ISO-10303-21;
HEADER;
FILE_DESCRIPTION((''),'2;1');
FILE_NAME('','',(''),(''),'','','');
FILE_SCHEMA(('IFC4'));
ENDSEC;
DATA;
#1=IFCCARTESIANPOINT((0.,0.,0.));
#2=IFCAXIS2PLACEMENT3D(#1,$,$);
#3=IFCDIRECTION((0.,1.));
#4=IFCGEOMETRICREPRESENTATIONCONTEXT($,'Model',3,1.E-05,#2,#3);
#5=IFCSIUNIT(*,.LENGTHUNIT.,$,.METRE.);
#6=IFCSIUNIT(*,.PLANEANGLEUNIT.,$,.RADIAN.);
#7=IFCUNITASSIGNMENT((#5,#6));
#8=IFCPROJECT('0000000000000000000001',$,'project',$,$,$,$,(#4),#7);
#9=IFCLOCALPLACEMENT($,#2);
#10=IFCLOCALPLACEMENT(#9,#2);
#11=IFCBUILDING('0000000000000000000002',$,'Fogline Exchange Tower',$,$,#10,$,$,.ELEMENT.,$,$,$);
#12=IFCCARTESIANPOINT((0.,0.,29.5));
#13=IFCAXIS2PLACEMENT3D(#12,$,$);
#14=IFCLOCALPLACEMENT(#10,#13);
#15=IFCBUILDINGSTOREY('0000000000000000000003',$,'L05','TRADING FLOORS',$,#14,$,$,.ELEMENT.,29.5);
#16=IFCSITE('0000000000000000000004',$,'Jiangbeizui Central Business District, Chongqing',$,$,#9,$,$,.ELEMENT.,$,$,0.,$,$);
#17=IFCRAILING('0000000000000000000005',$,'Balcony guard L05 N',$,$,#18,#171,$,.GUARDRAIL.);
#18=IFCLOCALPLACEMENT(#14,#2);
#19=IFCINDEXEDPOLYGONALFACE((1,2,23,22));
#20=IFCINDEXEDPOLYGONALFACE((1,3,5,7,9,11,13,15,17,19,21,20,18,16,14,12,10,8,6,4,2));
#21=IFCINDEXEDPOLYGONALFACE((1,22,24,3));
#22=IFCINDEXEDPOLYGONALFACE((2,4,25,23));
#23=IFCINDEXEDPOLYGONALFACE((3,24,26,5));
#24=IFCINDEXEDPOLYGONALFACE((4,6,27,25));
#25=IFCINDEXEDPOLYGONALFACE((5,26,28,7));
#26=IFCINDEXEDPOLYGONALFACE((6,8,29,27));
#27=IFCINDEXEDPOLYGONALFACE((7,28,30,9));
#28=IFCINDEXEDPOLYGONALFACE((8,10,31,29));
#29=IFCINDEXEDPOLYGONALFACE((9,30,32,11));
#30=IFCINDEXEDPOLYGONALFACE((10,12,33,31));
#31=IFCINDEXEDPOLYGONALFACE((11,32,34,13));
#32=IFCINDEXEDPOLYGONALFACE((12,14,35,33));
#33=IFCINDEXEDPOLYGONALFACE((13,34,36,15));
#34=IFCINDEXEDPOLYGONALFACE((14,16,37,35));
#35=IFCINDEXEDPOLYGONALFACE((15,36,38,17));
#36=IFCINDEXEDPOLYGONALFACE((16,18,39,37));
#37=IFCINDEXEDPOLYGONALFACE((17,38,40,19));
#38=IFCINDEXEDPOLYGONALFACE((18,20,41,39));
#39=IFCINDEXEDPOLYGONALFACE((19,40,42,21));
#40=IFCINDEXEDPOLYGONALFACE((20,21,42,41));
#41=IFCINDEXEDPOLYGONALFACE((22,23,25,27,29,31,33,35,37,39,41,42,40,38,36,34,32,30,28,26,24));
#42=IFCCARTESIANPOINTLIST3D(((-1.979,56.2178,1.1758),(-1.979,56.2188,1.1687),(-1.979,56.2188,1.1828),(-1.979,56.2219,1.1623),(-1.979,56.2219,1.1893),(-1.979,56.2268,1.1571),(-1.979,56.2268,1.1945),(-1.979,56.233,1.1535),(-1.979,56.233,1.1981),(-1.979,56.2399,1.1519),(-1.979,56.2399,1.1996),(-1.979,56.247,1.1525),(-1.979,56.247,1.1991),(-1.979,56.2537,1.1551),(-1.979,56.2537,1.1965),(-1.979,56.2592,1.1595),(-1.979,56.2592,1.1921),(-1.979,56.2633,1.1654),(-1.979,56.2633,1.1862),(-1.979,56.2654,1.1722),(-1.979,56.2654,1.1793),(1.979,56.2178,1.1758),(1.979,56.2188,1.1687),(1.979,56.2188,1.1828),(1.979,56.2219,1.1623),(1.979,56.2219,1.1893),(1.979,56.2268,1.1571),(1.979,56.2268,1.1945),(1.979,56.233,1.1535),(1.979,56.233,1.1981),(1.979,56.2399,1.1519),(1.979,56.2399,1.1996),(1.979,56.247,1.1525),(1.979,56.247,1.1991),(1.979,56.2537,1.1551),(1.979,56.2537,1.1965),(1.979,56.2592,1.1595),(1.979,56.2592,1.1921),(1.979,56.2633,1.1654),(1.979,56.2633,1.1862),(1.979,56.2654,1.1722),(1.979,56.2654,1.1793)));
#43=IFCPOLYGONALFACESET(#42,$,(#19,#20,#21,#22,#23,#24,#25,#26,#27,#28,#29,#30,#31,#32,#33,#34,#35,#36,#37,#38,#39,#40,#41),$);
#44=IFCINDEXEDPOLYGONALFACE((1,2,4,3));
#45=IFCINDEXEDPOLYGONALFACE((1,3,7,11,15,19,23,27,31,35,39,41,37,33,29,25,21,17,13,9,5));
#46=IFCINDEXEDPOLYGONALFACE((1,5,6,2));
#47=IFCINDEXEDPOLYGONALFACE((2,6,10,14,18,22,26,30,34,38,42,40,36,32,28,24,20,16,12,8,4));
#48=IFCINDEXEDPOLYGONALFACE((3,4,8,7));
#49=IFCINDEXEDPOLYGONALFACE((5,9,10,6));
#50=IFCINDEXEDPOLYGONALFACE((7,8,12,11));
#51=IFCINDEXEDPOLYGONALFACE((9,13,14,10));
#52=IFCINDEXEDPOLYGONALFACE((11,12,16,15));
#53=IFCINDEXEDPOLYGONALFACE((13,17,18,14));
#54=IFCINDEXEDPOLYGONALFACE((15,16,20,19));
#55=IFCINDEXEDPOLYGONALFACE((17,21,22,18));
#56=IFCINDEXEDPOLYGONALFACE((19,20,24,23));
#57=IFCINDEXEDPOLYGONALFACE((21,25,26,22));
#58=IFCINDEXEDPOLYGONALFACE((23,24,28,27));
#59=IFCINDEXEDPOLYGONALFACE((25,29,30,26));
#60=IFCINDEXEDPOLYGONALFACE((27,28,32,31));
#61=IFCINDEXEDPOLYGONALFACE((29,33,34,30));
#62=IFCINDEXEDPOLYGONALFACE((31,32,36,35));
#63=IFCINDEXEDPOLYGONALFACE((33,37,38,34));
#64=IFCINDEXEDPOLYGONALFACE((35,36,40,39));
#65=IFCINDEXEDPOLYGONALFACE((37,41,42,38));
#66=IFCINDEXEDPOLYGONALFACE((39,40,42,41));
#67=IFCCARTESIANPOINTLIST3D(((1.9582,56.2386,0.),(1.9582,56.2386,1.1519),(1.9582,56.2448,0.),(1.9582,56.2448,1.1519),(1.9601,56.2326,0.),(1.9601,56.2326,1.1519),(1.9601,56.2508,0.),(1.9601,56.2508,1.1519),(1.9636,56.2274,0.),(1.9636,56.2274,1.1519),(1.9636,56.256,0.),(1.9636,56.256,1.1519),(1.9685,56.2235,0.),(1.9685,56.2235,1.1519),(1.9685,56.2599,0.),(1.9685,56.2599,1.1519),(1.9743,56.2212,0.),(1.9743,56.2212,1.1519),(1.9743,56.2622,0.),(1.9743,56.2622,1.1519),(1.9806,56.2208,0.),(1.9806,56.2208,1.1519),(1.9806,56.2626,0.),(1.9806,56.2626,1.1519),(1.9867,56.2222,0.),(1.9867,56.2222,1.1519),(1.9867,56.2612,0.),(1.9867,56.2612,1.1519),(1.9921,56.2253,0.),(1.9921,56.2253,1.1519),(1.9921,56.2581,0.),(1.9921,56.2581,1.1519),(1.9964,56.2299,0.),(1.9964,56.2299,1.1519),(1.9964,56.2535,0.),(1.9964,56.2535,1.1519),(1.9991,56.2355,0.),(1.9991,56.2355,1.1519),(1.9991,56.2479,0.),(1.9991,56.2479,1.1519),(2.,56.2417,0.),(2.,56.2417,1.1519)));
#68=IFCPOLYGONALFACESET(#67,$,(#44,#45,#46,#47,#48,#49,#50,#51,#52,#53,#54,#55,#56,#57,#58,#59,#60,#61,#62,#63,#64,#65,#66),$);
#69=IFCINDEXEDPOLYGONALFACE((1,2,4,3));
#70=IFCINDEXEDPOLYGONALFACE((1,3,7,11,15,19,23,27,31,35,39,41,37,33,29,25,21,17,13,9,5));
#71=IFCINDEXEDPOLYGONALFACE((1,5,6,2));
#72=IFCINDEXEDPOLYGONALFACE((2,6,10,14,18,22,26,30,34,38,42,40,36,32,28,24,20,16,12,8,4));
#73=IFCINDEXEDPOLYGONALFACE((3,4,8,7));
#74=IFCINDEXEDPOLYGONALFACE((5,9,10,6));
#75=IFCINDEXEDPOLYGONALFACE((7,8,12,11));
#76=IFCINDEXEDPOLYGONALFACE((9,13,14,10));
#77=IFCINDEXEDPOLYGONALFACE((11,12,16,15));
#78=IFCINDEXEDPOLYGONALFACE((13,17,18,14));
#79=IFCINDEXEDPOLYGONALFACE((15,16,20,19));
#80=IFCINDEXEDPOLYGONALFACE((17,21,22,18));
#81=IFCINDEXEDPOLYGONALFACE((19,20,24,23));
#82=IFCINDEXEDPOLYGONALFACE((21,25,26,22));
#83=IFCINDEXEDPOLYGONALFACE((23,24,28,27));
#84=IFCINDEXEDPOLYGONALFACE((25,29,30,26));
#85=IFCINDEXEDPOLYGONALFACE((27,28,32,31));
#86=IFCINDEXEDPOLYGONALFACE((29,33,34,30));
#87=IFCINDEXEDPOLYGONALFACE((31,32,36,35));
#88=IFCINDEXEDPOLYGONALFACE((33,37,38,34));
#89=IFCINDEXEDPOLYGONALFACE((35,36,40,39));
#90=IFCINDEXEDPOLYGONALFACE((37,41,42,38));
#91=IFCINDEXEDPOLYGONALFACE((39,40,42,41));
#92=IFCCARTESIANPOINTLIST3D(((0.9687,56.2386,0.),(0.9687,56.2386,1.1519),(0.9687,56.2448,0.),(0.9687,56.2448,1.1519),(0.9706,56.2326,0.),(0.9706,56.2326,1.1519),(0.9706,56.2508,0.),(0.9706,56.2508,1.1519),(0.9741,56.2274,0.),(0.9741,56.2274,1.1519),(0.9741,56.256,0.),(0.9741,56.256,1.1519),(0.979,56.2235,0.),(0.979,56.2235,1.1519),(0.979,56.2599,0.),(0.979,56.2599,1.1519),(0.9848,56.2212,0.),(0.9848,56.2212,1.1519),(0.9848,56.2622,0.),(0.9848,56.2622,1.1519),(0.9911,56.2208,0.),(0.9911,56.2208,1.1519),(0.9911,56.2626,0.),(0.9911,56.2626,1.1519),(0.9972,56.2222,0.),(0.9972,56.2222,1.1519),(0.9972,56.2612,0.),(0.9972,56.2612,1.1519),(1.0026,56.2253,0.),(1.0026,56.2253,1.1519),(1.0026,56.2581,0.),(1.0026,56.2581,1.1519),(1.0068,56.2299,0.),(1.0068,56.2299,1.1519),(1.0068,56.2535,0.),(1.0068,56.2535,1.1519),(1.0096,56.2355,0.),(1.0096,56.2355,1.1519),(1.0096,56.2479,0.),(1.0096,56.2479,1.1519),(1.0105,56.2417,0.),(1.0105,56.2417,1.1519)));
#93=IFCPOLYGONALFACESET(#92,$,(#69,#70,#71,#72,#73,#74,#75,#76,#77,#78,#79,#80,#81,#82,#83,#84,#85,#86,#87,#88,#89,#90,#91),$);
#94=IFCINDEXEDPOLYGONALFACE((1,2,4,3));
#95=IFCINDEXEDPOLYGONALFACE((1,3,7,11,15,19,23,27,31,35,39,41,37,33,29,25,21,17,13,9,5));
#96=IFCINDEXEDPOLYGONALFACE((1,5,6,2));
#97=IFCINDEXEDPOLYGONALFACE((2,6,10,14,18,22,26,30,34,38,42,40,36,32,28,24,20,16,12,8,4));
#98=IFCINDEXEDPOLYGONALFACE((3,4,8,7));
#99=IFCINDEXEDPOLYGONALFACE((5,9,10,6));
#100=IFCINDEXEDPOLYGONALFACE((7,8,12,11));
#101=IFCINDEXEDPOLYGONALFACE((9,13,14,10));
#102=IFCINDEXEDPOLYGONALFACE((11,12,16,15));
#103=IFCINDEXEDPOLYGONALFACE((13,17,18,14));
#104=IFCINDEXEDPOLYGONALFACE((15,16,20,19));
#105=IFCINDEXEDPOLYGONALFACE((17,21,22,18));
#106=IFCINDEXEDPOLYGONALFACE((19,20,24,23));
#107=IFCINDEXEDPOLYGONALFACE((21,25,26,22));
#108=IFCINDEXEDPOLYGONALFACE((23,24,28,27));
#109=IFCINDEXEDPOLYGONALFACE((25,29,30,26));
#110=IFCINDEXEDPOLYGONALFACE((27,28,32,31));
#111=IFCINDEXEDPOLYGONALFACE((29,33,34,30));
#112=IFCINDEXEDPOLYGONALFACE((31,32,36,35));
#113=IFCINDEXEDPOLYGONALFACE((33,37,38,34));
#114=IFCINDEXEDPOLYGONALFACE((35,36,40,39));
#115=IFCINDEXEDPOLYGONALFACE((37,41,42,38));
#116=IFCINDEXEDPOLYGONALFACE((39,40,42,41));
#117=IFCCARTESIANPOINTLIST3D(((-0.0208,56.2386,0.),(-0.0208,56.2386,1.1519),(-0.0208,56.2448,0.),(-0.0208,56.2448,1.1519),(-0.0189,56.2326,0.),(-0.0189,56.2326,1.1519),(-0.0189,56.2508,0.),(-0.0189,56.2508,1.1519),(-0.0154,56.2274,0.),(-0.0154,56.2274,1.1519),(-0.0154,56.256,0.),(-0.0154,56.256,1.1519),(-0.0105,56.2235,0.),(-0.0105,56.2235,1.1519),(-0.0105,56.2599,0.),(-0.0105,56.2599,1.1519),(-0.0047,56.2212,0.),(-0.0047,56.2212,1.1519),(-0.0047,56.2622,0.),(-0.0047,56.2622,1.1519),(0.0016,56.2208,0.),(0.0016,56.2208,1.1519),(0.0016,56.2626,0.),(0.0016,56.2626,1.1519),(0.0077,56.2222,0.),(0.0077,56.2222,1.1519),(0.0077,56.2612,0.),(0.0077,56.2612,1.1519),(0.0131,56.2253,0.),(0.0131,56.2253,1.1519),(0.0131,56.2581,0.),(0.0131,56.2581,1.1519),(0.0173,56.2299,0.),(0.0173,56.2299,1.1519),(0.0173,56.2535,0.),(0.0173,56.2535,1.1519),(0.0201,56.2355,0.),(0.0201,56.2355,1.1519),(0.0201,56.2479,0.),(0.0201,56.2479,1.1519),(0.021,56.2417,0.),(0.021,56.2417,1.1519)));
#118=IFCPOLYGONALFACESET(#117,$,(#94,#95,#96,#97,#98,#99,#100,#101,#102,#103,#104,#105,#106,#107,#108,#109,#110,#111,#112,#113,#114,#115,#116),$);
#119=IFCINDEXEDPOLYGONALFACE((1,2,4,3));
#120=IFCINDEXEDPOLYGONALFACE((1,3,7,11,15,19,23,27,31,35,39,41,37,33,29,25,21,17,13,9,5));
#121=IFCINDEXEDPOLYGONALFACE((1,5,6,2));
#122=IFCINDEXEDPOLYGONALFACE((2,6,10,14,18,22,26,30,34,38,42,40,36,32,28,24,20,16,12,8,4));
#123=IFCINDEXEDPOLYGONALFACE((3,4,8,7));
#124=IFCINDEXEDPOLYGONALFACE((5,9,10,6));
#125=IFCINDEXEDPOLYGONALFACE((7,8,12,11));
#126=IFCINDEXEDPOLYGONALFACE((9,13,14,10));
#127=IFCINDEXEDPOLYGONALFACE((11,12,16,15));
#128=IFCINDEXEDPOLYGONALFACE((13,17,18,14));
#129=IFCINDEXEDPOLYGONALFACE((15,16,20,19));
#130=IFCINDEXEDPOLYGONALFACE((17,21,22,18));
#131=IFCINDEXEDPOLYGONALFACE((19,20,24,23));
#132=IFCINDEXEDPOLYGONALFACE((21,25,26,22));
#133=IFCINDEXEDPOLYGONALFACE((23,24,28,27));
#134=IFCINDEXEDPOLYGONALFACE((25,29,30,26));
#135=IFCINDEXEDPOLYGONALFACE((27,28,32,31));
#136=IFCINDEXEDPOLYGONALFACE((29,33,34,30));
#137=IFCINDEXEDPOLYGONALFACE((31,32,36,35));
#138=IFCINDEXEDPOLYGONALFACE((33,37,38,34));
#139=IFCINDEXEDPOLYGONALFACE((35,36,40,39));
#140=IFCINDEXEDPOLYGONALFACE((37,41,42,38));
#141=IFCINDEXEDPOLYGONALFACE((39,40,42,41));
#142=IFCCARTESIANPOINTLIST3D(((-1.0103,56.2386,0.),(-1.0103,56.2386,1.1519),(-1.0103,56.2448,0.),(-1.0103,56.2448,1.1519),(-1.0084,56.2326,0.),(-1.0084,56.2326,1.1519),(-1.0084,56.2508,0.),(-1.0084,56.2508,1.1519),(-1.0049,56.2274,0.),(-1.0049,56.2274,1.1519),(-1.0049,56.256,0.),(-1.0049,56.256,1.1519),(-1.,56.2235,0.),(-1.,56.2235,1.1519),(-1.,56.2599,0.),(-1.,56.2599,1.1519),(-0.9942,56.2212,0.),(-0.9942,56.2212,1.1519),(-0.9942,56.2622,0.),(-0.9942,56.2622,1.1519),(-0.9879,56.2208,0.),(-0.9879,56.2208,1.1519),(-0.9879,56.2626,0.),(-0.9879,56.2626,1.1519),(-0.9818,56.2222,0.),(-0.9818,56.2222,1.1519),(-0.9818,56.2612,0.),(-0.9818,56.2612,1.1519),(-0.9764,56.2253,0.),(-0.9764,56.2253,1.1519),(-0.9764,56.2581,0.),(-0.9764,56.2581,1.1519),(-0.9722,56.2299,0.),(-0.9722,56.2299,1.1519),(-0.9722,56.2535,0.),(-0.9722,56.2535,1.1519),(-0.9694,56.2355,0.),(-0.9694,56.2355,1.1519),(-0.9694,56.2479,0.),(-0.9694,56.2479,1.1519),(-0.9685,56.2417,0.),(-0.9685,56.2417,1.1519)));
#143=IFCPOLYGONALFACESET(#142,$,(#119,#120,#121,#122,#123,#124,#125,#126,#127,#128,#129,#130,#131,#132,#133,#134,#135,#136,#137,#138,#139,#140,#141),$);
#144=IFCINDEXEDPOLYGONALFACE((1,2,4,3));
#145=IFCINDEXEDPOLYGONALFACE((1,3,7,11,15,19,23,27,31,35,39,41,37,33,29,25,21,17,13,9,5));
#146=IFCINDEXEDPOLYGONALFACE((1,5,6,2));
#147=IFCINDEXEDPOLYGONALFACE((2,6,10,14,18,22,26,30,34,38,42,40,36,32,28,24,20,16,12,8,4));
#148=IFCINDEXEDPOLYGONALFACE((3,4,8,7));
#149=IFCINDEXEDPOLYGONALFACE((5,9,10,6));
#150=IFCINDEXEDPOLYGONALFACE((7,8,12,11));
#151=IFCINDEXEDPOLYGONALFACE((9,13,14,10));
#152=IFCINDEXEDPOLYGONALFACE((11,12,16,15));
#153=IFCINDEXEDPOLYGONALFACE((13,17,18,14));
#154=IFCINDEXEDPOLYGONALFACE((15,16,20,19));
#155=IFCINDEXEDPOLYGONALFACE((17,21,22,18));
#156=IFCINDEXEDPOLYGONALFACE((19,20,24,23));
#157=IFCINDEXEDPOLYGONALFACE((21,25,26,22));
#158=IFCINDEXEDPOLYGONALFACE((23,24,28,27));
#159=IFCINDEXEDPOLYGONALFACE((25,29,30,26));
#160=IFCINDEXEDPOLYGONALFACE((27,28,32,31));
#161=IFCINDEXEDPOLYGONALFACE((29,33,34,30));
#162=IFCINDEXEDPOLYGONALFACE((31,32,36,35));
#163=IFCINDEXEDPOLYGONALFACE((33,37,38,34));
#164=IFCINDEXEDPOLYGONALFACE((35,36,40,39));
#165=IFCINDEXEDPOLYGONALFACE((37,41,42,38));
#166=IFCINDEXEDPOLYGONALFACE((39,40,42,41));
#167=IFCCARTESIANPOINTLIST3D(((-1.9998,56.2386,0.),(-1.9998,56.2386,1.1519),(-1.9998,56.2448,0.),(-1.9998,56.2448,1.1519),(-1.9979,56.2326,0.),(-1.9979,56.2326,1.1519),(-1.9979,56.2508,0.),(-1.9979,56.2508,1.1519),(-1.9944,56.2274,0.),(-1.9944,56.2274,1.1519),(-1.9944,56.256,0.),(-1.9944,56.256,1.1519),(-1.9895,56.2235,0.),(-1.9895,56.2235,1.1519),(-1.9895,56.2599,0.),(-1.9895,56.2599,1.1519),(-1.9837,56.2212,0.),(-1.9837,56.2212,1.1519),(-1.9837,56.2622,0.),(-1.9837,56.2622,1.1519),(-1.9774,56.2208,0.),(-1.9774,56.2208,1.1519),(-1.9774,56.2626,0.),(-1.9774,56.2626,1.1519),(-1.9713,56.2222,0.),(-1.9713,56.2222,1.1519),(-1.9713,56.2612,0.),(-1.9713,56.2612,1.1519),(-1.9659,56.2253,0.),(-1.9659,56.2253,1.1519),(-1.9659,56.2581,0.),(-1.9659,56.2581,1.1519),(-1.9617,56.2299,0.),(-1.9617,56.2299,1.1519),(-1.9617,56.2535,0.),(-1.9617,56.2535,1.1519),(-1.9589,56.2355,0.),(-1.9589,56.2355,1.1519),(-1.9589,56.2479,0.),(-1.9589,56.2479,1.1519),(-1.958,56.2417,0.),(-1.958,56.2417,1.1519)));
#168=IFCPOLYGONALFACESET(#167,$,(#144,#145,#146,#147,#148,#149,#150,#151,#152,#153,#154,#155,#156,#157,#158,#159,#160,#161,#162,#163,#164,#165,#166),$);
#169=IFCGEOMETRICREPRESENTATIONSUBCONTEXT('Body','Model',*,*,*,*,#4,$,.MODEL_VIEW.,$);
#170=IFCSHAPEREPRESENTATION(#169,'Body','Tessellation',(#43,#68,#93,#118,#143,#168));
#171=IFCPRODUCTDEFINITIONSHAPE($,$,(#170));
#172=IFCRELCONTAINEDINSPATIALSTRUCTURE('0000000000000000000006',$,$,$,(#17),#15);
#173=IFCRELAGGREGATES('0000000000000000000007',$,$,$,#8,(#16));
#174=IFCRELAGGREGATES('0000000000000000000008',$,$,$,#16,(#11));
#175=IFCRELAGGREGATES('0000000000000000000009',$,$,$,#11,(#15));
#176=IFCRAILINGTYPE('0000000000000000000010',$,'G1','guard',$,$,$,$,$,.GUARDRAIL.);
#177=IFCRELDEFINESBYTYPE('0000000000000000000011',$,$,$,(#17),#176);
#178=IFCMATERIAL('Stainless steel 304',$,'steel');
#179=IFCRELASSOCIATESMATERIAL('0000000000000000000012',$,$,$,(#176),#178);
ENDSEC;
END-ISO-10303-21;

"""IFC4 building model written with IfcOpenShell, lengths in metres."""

from ifc_helpers import new_model, si_unit, direction, frame, origin, origin_2d, place, context, subcontext, project, spatial, circle, extrude, material, type_object, element, save


model = new_model("IFC4")

# Units and contexts
model_context = context("Model", 3, precision=1e-05, world=origin(), true_north=direction((0.0, 1.0)))
body_context = subcontext(model_context, "Body", "Model", "MODEL_VIEW")
ifc_project = project(units=[si_unit("LENGTHUNIT", "METRE"), si_unit("PLANEANGLEUNIT", "RADIAN")], contexts=[model_context])

# Site, building, storey
site_placement = place(None, origin())
site = spatial("IfcSite", under=ifc_project, at=site_placement, Name="Jiangbeizui Central Business District, Chongqing", CompositionType="ELEMENT", RefElevation=0.0)
building_placement = place(site_placement, origin())
building = spatial("IfcBuilding", under=site, at=building_placement, Name="Fogline Exchange Tower", CompositionType="ELEMENT")
storey_placement = place(building_placement, frame((0.0, 0.0, 29.5)))
storey = spatial("IfcBuildingStorey", under=building, at=storey_placement, Name="L05", Description="TRADING FLOORS", CompositionType="ELEMENT", Elevation=29.5)

# Railing
ifc_material_1 = material(Name="Stainless steel 304", Category="steel")
railing_type = type_object("IfcRailingType", Name="G1", Description="guard", PredefinedType="GUARDRAIL", material=ifc_material_1)
railing_placement = place(storey_placement, frame((1.979, 56.2417, 0.0)))
element("IfcRailing", 1, at=railing_placement, inside=storey, type_object=railing_type, Name="Balcony guard L05 N", PredefinedType="GUARDRAIL", context=body_context, shape_type="SweptSolid", body=[
    extrude(circle(Radius=0.0239, at=origin_2d()), frame((0.0, 0.0, 1.1758), z_axis=(-1.0, 0.0, 0.0), x_axis=(0.0, -1.0, 0.0)), (0.0, 0.0, 1.0), 3.958),
    extrude(circle(Radius=0.021, at=origin_2d()), origin(), (0.0, 0.0, 1.0), 1.1519),
    extrude(circle(Radius=0.021, at=origin_2d()), frame((-0.9895, 0.0, 0.0)), (0.0, 0.0, 1.0), 1.1519),
    extrude(circle(Radius=0.021, at=origin_2d()), frame((-1.979, 0.0, 0.0)), (0.0, 0.0, 1.0), 1.1519),
    extrude(circle(Radius=0.021, at=origin_2d()), frame((-2.9685, 0.0, 0.0)), (0.0, 0.0, 1.0), 1.1519),
    extrude(circle(Radius=0.021, at=origin_2d()), frame((-3.958, 0.0, 0.0)), (0.0, 0.0, 1.0), 1.1519),
])

save(model, "model.ifc")
